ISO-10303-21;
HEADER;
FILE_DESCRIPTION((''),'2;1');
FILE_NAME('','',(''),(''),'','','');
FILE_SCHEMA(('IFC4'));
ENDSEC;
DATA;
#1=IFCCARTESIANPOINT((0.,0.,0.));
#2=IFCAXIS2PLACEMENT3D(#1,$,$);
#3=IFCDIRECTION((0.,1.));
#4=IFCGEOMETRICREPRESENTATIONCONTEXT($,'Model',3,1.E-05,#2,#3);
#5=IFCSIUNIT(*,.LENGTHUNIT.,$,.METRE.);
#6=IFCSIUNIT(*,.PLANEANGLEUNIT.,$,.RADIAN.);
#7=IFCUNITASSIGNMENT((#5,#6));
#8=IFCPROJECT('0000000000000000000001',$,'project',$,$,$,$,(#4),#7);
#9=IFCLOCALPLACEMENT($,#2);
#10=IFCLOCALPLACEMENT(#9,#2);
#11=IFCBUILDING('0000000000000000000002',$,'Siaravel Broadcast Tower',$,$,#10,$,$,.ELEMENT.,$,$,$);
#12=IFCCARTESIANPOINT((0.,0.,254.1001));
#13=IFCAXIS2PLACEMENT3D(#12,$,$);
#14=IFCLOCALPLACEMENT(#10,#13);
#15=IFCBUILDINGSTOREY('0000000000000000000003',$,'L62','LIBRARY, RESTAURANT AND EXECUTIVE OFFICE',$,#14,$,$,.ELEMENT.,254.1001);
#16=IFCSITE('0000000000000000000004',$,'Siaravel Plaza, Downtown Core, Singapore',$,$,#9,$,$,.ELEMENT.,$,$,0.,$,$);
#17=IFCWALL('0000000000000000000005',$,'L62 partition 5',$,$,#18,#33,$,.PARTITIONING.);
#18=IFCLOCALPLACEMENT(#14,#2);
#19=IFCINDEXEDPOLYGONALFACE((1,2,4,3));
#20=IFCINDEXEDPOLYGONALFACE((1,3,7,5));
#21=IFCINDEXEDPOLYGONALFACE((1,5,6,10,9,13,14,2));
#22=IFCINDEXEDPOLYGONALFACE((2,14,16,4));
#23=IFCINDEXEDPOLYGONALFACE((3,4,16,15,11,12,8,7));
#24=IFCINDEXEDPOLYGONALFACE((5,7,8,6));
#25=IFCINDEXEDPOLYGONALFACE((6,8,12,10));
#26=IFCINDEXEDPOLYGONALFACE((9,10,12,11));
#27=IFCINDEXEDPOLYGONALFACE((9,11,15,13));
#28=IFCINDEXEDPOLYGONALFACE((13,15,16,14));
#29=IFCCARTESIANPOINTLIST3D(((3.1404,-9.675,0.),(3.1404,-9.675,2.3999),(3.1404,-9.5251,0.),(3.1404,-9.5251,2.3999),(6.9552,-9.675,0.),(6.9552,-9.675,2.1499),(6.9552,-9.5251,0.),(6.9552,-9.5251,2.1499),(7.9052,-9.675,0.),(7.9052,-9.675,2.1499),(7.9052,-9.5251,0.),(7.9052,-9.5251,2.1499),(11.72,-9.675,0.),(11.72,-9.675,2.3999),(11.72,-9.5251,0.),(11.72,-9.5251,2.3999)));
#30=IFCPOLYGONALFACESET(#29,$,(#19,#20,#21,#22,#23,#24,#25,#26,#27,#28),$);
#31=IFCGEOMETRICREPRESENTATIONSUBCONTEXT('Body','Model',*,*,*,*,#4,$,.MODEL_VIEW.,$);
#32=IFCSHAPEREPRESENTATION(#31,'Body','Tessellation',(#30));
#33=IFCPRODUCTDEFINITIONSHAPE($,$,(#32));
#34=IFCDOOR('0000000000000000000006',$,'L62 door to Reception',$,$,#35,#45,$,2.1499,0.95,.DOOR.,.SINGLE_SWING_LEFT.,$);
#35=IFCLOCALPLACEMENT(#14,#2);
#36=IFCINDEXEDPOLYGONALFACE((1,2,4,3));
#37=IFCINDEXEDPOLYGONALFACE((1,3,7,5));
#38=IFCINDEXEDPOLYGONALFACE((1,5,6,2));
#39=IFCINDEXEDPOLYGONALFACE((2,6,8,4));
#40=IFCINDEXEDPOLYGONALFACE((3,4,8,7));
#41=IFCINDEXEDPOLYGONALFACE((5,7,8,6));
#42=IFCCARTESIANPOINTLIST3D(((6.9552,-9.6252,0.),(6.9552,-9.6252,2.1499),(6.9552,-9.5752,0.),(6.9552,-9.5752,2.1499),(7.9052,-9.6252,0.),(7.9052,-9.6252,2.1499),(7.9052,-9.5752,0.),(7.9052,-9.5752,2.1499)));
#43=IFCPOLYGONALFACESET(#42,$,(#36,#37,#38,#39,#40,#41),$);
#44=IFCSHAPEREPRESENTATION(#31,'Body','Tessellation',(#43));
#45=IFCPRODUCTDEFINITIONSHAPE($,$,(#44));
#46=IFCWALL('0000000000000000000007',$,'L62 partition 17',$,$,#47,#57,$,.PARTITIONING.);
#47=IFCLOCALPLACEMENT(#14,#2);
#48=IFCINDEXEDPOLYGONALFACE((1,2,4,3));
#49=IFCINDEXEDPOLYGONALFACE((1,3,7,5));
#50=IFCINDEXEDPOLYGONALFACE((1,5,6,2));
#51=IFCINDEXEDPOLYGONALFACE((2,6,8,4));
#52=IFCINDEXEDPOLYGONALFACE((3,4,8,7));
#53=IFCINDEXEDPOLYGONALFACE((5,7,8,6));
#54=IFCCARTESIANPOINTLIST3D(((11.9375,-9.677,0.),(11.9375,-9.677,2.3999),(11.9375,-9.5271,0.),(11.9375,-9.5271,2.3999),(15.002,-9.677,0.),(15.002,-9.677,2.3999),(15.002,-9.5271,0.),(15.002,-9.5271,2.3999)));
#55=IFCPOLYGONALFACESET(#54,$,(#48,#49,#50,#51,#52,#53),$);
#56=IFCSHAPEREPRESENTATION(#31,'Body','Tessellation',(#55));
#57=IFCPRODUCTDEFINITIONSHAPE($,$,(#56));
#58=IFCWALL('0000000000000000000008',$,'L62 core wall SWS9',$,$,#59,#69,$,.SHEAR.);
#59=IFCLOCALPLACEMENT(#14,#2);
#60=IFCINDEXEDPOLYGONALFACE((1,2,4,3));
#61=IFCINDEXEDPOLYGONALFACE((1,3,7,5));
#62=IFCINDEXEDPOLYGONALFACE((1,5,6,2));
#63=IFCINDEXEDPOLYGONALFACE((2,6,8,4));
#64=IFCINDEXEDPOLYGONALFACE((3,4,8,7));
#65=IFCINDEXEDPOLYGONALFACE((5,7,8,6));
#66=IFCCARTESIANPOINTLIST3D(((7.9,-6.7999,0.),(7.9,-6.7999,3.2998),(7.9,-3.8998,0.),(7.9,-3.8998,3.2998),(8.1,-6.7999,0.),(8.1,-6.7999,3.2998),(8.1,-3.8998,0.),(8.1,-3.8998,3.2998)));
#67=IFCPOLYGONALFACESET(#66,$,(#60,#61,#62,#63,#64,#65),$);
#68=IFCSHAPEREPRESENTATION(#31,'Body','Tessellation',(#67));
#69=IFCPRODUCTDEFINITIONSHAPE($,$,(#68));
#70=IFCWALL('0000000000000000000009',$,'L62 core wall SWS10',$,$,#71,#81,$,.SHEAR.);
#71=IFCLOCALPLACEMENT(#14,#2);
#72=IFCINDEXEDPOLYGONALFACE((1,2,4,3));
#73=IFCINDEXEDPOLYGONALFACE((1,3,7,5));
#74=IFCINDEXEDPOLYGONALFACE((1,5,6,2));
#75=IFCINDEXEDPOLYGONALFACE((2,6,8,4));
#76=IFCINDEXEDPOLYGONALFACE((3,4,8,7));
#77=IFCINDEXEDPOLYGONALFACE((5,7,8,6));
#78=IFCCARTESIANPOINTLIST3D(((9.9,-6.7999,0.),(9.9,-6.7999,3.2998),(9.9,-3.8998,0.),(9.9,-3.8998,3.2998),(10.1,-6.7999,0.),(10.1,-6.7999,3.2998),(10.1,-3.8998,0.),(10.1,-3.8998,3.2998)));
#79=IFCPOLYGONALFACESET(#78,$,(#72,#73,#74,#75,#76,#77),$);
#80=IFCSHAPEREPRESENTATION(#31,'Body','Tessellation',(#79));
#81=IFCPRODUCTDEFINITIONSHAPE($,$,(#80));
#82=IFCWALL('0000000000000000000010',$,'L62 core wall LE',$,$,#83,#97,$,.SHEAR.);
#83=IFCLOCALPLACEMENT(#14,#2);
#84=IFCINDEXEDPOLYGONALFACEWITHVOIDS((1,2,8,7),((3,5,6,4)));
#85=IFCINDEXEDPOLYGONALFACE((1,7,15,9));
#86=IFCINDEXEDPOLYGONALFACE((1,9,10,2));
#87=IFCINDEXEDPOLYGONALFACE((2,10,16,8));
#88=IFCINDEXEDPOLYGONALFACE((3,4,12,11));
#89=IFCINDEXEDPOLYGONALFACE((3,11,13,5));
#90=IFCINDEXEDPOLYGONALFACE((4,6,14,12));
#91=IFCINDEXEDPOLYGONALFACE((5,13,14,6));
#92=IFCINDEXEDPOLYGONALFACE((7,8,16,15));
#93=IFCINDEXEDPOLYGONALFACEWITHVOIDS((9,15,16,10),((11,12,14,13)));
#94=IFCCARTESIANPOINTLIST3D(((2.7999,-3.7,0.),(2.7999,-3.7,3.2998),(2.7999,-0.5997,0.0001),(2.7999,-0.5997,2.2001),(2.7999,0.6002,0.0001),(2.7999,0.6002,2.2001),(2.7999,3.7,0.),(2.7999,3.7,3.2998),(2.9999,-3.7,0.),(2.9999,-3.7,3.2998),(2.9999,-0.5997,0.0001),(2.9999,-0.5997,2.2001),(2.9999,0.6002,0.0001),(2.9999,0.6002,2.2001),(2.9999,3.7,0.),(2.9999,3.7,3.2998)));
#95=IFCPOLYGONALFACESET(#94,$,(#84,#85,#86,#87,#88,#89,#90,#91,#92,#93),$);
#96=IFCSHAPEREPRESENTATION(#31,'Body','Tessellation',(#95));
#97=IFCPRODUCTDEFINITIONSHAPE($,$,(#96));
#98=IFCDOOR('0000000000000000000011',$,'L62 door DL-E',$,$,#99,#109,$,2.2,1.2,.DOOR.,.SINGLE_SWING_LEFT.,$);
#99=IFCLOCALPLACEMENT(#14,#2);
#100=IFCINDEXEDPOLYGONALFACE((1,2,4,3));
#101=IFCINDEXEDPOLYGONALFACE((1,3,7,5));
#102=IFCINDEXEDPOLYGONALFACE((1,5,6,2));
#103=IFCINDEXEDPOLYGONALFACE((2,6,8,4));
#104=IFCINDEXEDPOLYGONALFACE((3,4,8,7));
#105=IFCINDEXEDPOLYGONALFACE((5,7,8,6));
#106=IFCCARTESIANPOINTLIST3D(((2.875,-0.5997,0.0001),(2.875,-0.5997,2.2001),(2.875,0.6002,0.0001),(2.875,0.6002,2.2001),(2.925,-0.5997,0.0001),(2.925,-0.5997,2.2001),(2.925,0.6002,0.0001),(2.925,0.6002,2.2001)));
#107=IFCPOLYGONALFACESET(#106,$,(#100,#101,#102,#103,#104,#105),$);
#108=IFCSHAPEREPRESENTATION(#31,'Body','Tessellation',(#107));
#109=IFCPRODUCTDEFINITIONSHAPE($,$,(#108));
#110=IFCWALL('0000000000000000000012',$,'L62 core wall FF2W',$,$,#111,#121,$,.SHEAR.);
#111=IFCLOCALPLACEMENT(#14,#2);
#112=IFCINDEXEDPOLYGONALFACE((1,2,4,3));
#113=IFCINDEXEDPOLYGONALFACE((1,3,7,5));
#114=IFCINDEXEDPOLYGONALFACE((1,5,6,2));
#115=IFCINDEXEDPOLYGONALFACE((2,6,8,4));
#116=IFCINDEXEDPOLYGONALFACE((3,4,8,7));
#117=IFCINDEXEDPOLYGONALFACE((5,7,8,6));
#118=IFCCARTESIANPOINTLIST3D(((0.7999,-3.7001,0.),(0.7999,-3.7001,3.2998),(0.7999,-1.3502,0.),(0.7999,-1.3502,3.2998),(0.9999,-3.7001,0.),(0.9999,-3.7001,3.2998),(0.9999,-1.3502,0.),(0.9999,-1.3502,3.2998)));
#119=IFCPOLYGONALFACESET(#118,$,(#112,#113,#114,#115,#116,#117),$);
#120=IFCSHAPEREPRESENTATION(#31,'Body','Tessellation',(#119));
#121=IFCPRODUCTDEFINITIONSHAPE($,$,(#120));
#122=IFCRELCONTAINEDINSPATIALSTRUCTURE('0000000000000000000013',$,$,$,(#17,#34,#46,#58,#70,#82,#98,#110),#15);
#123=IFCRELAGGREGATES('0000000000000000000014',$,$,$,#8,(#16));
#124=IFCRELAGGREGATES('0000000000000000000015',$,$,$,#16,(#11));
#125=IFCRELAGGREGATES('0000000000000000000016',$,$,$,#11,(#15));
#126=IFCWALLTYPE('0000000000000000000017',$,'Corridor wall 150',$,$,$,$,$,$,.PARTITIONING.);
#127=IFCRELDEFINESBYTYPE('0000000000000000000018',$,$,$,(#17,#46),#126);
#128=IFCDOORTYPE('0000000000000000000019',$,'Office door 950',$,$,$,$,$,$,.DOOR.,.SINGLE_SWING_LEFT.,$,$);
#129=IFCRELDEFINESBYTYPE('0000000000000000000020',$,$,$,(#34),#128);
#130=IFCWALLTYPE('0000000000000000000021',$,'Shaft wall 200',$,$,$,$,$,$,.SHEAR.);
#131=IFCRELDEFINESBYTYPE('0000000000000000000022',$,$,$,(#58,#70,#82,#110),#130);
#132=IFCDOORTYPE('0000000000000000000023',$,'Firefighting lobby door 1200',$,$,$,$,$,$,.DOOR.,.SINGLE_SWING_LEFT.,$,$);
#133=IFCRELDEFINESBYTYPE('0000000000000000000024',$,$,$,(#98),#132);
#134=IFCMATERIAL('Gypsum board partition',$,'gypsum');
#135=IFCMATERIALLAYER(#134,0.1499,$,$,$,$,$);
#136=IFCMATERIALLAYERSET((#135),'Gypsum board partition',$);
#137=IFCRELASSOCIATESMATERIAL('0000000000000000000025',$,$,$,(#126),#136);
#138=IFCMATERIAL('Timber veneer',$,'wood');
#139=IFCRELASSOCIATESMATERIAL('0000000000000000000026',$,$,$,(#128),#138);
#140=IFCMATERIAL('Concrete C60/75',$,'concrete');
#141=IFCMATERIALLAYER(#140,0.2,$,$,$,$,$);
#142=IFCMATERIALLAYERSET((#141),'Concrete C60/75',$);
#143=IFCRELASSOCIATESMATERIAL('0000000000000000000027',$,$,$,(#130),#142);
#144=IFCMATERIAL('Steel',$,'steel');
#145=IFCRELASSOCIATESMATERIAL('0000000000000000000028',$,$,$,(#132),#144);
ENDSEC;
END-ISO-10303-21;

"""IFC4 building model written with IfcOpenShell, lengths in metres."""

from ifc_helpers import new_model, si_unit, direction, frame, frame_2d, origin, place, context, subcontext, project, spatial, rectangle, extrude, material, layer, layer_set, type_object, element, fill, save


model = new_model("IFC4")

# Units and contexts
model_context = context("Model", 3, precision=1e-05, world=origin(), true_north=direction((0.0, 1.0)))
body_context = subcontext(model_context, "Body", "Model", "MODEL_VIEW")
ifc_project = project(units=[si_unit("LENGTHUNIT", "METRE"), si_unit("PLANEANGLEUNIT", "RADIAN")], contexts=[model_context])

# Site, building, storey
site_placement = place(None, origin())
site = spatial("IfcSite", under=ifc_project, at=site_placement, Name="Siaravel Plaza, Downtown Core, Singapore", CompositionType="ELEMENT", RefElevation=0.0)
building_placement = place(site_placement, origin())
building = spatial("IfcBuilding", under=site, at=building_placement, Name="Siaravel Broadcast Tower", CompositionType="ELEMENT")
storey_placement = place(building_placement, frame((0.0, 0.0, 254.1001)))
storey = spatial("IfcBuildingStorey", under=building, at=storey_placement, Name="L62", Description="LIBRARY, RESTAURANT AND EXECUTIVE OFFICE", CompositionType="ELEMENT", Elevation=254.1001)

# Shared definitions
ifc_material_1 = material(Name="Concrete C60/75", Category="concrete")
ifc_material_2 = material(Name="Steel", Category="steel")

# Shared definitions
ifc_material_3 = material(Name="Gypsum board partition", Category="gypsum")
ifc_layer_1 = layer(ifc_material_3, 0.1499)
ifc_layer_set_1 = layer_set([ifc_layer_1], Name="Gypsum board partition")
wall_type_1 = type_object("IfcWallType", Name="Corridor wall 150", PredefinedType="PARTITIONING", material=ifc_layer_set_1)
ifc_material_4 = material(Name="Timber veneer", Category="wood")

# Wall, opening, door
wall_1_placement = place(storey_placement, frame((3.1404, -9.6001, 0.0), z_axis=(0.0, 0.0, 1.0), x_axis=(1.0, 0.0, 0.0)))
wall_1 = element("IfcWall", 1, at=wall_1_placement, inside=storey, type_object=wall_type_1, Name="L62 partition 5", PredefinedType="PARTITIONING", context=body_context, shape_type="SweptSolid", body=[
    extrude(rectangle(XDim=8.5796, YDim=0.1499, at=frame_2d((4.2898, 0.0))), origin(), (0.0, 0.0, 1.0), 2.3999),
])
opening_1_placement = place(wall_1_placement, frame((3.8147, 0.0, 0.0)))
opening_1 = element("IfcOpeningElement", 2, at=opening_1_placement, cuts=wall_1, PredefinedType="OPENING", context=body_context, shape_type="SweptSolid", body=[
    extrude(rectangle(XDim=0.95, YDim=2.1499, at=frame_2d((0.4751, 1.075))), frame((0.0, 0.085, 0.0), z_axis=(0.0, -1.0, 0.0), x_axis=(1.0, 0.0, 0.0)), (0.0, 0.0, 1.0), 0.1699),
])
door_type_1 = type_object("IfcDoorType", Name="Office door 950", OperationType="SINGLE_SWING_LEFT", PredefinedType="DOOR", material=ifc_material_4)
door_1_placement = place(opening_1_placement, origin())
door_1 = element("IfcDoor", 3, at=door_1_placement, inside=storey, type_object=door_type_1, Name="L62 door to Reception", OperationType="SINGLE_SWING_LEFT", OverallHeight=2.1499, OverallWidth=0.95, PredefinedType="DOOR", context=body_context, shape_type="SweptSolid", body=[
    extrude(rectangle(XDim=0.95, YDim=2.1499, at=frame_2d((0.4751, 1.075))), frame((0.0, 0.0249, 0.0), z_axis=(0.0, -1.0, 0.0), x_axis=(1.0, 0.0, 0.0)), (0.0, 0.0, 1.0), 0.05),
])
fill(opening_1, door_1)

# Walls
wall_2_placement = place(storey_placement, frame((11.9375, -9.6021, 0.0), z_axis=(0.0, 0.0, 1.0), x_axis=(1.0, 0.0, 0.0)))
element("IfcWall", 4, at=wall_2_placement, inside=storey, type_object=wall_type_1, Name="L62 partition 17", PredefinedType="PARTITIONING", context=body_context, shape_type="SweptSolid", body=[
    extrude(rectangle(XDim=3.0645, YDim=0.1499, at=frame_2d((1.5322, 0.0))), origin(), (0.0, 0.0, 1.0), 2.3999),
])
ifc_layer_2 = layer(ifc_material_1, 0.2)
ifc_layer_set_2 = layer_set([ifc_layer_2], Name="Concrete C60/75")
wall_type_2 = type_object("IfcWallType", Name="Shaft wall 200", PredefinedType="SHEAR", material=ifc_layer_set_2)
for number, where, z_axis, x_axis, name in (
    (5, (8.0, -6.8, 0.0), (0.0, 0.0, 1.0), (0.0, 1.0, 0.0), "L62 core wall SWS9"),
    (6, (10.0, -6.8, 0.0), (0.0, 0.0, 1.0), (0.0, 1.0, 0.0), "L62 core wall SWS10"),
):
    element("IfcWall", number, at=place(storey_placement, frame(where, z_axis=z_axis, x_axis=x_axis)), inside=storey, type_object=wall_type_2, Name=name, PredefinedType="SHEAR", context=body_context, shape_type="SweptSolid", body=[
        extrude(rectangle(XDim=2.9001, YDim=0.2, at=frame_2d((1.4502, 0.0))), origin(), (0.0, 0.0, 1.0), 3.2998),
    ])

# Wall, opening, door
wall_3_placement = place(storey_placement, frame((2.8999, -3.7, 0.0), z_axis=(0.0, 0.0, 1.0), x_axis=(0.0, 1.0, 0.0)))
wall_3 = element("IfcWall", 7, at=wall_3_placement, inside=storey, type_object=wall_type_2, Name="L62 core wall LE", PredefinedType="SHEAR", context=body_context, shape_type="SweptSolid", body=[
    extrude(rectangle(XDim=7.3999, YDim=0.2, at=frame_2d((3.7, 0.0))), origin(), (0.0, 0.0, 1.0), 3.2998),
])
opening_2_placement = place(wall_3_placement, frame((3.1001, 0.0, 0.0)))
opening_2 = element("IfcOpeningElement", 8, at=opening_2_placement, cuts=wall_3, PredefinedType="OPENING", context=body_context, shape_type="SweptSolid", body=[
    extrude(rectangle(XDim=1.2, YDim=2.2, at=frame_2d((0.6001, 1.1001))), frame((0.0, 0.1099, 0.0), z_axis=(0.0, -1.0, 0.0), x_axis=(1.0, 0.0, 0.0)), (0.0, 0.0, 1.0), 0.22),
])
door_type_2 = type_object("IfcDoorType", Name="Firefighting lobby door 1200", OperationType="SINGLE_SWING_LEFT", PredefinedType="DOOR", material=ifc_material_2)
door_2_placement = place(opening_2_placement, origin())
door_2 = element("IfcDoor", 9, at=door_2_placement, inside=storey, type_object=door_type_2, Name="L62 door DL-E", OperationType="SINGLE_SWING_LEFT", OverallHeight=2.2, OverallWidth=1.2, PredefinedType="DOOR", context=body_context, shape_type="SweptSolid", body=[
    extrude(rectangle(XDim=1.2, YDim=2.2, at=frame_2d((0.6001, 1.1001))), frame((0.0, 0.0249, 0.0), z_axis=(0.0, -1.0, 0.0), x_axis=(1.0, 0.0, 0.0)), (0.0, 0.0, 1.0), 0.05),
])
fill(opening_2, door_2)

# Wall
wall_4_placement = place(storey_placement, frame((0.8999, -3.7, 0.0), z_axis=(0.0, 0.0, 1.0), x_axis=(0.0, 1.0, 0.0)))
element("IfcWall", 10, at=wall_4_placement, inside=storey, type_object=wall_type_2, Name="L62 core wall FF2W", PredefinedType="SHEAR", context=body_context, shape_type="SweptSolid", body=[
    extrude(rectangle(XDim=2.3499, YDim=0.2, at=frame_2d((1.1748, 0.0))), origin(), (0.0, 0.0, 1.0), 3.2998),
])

save(model, "model.ifc")
